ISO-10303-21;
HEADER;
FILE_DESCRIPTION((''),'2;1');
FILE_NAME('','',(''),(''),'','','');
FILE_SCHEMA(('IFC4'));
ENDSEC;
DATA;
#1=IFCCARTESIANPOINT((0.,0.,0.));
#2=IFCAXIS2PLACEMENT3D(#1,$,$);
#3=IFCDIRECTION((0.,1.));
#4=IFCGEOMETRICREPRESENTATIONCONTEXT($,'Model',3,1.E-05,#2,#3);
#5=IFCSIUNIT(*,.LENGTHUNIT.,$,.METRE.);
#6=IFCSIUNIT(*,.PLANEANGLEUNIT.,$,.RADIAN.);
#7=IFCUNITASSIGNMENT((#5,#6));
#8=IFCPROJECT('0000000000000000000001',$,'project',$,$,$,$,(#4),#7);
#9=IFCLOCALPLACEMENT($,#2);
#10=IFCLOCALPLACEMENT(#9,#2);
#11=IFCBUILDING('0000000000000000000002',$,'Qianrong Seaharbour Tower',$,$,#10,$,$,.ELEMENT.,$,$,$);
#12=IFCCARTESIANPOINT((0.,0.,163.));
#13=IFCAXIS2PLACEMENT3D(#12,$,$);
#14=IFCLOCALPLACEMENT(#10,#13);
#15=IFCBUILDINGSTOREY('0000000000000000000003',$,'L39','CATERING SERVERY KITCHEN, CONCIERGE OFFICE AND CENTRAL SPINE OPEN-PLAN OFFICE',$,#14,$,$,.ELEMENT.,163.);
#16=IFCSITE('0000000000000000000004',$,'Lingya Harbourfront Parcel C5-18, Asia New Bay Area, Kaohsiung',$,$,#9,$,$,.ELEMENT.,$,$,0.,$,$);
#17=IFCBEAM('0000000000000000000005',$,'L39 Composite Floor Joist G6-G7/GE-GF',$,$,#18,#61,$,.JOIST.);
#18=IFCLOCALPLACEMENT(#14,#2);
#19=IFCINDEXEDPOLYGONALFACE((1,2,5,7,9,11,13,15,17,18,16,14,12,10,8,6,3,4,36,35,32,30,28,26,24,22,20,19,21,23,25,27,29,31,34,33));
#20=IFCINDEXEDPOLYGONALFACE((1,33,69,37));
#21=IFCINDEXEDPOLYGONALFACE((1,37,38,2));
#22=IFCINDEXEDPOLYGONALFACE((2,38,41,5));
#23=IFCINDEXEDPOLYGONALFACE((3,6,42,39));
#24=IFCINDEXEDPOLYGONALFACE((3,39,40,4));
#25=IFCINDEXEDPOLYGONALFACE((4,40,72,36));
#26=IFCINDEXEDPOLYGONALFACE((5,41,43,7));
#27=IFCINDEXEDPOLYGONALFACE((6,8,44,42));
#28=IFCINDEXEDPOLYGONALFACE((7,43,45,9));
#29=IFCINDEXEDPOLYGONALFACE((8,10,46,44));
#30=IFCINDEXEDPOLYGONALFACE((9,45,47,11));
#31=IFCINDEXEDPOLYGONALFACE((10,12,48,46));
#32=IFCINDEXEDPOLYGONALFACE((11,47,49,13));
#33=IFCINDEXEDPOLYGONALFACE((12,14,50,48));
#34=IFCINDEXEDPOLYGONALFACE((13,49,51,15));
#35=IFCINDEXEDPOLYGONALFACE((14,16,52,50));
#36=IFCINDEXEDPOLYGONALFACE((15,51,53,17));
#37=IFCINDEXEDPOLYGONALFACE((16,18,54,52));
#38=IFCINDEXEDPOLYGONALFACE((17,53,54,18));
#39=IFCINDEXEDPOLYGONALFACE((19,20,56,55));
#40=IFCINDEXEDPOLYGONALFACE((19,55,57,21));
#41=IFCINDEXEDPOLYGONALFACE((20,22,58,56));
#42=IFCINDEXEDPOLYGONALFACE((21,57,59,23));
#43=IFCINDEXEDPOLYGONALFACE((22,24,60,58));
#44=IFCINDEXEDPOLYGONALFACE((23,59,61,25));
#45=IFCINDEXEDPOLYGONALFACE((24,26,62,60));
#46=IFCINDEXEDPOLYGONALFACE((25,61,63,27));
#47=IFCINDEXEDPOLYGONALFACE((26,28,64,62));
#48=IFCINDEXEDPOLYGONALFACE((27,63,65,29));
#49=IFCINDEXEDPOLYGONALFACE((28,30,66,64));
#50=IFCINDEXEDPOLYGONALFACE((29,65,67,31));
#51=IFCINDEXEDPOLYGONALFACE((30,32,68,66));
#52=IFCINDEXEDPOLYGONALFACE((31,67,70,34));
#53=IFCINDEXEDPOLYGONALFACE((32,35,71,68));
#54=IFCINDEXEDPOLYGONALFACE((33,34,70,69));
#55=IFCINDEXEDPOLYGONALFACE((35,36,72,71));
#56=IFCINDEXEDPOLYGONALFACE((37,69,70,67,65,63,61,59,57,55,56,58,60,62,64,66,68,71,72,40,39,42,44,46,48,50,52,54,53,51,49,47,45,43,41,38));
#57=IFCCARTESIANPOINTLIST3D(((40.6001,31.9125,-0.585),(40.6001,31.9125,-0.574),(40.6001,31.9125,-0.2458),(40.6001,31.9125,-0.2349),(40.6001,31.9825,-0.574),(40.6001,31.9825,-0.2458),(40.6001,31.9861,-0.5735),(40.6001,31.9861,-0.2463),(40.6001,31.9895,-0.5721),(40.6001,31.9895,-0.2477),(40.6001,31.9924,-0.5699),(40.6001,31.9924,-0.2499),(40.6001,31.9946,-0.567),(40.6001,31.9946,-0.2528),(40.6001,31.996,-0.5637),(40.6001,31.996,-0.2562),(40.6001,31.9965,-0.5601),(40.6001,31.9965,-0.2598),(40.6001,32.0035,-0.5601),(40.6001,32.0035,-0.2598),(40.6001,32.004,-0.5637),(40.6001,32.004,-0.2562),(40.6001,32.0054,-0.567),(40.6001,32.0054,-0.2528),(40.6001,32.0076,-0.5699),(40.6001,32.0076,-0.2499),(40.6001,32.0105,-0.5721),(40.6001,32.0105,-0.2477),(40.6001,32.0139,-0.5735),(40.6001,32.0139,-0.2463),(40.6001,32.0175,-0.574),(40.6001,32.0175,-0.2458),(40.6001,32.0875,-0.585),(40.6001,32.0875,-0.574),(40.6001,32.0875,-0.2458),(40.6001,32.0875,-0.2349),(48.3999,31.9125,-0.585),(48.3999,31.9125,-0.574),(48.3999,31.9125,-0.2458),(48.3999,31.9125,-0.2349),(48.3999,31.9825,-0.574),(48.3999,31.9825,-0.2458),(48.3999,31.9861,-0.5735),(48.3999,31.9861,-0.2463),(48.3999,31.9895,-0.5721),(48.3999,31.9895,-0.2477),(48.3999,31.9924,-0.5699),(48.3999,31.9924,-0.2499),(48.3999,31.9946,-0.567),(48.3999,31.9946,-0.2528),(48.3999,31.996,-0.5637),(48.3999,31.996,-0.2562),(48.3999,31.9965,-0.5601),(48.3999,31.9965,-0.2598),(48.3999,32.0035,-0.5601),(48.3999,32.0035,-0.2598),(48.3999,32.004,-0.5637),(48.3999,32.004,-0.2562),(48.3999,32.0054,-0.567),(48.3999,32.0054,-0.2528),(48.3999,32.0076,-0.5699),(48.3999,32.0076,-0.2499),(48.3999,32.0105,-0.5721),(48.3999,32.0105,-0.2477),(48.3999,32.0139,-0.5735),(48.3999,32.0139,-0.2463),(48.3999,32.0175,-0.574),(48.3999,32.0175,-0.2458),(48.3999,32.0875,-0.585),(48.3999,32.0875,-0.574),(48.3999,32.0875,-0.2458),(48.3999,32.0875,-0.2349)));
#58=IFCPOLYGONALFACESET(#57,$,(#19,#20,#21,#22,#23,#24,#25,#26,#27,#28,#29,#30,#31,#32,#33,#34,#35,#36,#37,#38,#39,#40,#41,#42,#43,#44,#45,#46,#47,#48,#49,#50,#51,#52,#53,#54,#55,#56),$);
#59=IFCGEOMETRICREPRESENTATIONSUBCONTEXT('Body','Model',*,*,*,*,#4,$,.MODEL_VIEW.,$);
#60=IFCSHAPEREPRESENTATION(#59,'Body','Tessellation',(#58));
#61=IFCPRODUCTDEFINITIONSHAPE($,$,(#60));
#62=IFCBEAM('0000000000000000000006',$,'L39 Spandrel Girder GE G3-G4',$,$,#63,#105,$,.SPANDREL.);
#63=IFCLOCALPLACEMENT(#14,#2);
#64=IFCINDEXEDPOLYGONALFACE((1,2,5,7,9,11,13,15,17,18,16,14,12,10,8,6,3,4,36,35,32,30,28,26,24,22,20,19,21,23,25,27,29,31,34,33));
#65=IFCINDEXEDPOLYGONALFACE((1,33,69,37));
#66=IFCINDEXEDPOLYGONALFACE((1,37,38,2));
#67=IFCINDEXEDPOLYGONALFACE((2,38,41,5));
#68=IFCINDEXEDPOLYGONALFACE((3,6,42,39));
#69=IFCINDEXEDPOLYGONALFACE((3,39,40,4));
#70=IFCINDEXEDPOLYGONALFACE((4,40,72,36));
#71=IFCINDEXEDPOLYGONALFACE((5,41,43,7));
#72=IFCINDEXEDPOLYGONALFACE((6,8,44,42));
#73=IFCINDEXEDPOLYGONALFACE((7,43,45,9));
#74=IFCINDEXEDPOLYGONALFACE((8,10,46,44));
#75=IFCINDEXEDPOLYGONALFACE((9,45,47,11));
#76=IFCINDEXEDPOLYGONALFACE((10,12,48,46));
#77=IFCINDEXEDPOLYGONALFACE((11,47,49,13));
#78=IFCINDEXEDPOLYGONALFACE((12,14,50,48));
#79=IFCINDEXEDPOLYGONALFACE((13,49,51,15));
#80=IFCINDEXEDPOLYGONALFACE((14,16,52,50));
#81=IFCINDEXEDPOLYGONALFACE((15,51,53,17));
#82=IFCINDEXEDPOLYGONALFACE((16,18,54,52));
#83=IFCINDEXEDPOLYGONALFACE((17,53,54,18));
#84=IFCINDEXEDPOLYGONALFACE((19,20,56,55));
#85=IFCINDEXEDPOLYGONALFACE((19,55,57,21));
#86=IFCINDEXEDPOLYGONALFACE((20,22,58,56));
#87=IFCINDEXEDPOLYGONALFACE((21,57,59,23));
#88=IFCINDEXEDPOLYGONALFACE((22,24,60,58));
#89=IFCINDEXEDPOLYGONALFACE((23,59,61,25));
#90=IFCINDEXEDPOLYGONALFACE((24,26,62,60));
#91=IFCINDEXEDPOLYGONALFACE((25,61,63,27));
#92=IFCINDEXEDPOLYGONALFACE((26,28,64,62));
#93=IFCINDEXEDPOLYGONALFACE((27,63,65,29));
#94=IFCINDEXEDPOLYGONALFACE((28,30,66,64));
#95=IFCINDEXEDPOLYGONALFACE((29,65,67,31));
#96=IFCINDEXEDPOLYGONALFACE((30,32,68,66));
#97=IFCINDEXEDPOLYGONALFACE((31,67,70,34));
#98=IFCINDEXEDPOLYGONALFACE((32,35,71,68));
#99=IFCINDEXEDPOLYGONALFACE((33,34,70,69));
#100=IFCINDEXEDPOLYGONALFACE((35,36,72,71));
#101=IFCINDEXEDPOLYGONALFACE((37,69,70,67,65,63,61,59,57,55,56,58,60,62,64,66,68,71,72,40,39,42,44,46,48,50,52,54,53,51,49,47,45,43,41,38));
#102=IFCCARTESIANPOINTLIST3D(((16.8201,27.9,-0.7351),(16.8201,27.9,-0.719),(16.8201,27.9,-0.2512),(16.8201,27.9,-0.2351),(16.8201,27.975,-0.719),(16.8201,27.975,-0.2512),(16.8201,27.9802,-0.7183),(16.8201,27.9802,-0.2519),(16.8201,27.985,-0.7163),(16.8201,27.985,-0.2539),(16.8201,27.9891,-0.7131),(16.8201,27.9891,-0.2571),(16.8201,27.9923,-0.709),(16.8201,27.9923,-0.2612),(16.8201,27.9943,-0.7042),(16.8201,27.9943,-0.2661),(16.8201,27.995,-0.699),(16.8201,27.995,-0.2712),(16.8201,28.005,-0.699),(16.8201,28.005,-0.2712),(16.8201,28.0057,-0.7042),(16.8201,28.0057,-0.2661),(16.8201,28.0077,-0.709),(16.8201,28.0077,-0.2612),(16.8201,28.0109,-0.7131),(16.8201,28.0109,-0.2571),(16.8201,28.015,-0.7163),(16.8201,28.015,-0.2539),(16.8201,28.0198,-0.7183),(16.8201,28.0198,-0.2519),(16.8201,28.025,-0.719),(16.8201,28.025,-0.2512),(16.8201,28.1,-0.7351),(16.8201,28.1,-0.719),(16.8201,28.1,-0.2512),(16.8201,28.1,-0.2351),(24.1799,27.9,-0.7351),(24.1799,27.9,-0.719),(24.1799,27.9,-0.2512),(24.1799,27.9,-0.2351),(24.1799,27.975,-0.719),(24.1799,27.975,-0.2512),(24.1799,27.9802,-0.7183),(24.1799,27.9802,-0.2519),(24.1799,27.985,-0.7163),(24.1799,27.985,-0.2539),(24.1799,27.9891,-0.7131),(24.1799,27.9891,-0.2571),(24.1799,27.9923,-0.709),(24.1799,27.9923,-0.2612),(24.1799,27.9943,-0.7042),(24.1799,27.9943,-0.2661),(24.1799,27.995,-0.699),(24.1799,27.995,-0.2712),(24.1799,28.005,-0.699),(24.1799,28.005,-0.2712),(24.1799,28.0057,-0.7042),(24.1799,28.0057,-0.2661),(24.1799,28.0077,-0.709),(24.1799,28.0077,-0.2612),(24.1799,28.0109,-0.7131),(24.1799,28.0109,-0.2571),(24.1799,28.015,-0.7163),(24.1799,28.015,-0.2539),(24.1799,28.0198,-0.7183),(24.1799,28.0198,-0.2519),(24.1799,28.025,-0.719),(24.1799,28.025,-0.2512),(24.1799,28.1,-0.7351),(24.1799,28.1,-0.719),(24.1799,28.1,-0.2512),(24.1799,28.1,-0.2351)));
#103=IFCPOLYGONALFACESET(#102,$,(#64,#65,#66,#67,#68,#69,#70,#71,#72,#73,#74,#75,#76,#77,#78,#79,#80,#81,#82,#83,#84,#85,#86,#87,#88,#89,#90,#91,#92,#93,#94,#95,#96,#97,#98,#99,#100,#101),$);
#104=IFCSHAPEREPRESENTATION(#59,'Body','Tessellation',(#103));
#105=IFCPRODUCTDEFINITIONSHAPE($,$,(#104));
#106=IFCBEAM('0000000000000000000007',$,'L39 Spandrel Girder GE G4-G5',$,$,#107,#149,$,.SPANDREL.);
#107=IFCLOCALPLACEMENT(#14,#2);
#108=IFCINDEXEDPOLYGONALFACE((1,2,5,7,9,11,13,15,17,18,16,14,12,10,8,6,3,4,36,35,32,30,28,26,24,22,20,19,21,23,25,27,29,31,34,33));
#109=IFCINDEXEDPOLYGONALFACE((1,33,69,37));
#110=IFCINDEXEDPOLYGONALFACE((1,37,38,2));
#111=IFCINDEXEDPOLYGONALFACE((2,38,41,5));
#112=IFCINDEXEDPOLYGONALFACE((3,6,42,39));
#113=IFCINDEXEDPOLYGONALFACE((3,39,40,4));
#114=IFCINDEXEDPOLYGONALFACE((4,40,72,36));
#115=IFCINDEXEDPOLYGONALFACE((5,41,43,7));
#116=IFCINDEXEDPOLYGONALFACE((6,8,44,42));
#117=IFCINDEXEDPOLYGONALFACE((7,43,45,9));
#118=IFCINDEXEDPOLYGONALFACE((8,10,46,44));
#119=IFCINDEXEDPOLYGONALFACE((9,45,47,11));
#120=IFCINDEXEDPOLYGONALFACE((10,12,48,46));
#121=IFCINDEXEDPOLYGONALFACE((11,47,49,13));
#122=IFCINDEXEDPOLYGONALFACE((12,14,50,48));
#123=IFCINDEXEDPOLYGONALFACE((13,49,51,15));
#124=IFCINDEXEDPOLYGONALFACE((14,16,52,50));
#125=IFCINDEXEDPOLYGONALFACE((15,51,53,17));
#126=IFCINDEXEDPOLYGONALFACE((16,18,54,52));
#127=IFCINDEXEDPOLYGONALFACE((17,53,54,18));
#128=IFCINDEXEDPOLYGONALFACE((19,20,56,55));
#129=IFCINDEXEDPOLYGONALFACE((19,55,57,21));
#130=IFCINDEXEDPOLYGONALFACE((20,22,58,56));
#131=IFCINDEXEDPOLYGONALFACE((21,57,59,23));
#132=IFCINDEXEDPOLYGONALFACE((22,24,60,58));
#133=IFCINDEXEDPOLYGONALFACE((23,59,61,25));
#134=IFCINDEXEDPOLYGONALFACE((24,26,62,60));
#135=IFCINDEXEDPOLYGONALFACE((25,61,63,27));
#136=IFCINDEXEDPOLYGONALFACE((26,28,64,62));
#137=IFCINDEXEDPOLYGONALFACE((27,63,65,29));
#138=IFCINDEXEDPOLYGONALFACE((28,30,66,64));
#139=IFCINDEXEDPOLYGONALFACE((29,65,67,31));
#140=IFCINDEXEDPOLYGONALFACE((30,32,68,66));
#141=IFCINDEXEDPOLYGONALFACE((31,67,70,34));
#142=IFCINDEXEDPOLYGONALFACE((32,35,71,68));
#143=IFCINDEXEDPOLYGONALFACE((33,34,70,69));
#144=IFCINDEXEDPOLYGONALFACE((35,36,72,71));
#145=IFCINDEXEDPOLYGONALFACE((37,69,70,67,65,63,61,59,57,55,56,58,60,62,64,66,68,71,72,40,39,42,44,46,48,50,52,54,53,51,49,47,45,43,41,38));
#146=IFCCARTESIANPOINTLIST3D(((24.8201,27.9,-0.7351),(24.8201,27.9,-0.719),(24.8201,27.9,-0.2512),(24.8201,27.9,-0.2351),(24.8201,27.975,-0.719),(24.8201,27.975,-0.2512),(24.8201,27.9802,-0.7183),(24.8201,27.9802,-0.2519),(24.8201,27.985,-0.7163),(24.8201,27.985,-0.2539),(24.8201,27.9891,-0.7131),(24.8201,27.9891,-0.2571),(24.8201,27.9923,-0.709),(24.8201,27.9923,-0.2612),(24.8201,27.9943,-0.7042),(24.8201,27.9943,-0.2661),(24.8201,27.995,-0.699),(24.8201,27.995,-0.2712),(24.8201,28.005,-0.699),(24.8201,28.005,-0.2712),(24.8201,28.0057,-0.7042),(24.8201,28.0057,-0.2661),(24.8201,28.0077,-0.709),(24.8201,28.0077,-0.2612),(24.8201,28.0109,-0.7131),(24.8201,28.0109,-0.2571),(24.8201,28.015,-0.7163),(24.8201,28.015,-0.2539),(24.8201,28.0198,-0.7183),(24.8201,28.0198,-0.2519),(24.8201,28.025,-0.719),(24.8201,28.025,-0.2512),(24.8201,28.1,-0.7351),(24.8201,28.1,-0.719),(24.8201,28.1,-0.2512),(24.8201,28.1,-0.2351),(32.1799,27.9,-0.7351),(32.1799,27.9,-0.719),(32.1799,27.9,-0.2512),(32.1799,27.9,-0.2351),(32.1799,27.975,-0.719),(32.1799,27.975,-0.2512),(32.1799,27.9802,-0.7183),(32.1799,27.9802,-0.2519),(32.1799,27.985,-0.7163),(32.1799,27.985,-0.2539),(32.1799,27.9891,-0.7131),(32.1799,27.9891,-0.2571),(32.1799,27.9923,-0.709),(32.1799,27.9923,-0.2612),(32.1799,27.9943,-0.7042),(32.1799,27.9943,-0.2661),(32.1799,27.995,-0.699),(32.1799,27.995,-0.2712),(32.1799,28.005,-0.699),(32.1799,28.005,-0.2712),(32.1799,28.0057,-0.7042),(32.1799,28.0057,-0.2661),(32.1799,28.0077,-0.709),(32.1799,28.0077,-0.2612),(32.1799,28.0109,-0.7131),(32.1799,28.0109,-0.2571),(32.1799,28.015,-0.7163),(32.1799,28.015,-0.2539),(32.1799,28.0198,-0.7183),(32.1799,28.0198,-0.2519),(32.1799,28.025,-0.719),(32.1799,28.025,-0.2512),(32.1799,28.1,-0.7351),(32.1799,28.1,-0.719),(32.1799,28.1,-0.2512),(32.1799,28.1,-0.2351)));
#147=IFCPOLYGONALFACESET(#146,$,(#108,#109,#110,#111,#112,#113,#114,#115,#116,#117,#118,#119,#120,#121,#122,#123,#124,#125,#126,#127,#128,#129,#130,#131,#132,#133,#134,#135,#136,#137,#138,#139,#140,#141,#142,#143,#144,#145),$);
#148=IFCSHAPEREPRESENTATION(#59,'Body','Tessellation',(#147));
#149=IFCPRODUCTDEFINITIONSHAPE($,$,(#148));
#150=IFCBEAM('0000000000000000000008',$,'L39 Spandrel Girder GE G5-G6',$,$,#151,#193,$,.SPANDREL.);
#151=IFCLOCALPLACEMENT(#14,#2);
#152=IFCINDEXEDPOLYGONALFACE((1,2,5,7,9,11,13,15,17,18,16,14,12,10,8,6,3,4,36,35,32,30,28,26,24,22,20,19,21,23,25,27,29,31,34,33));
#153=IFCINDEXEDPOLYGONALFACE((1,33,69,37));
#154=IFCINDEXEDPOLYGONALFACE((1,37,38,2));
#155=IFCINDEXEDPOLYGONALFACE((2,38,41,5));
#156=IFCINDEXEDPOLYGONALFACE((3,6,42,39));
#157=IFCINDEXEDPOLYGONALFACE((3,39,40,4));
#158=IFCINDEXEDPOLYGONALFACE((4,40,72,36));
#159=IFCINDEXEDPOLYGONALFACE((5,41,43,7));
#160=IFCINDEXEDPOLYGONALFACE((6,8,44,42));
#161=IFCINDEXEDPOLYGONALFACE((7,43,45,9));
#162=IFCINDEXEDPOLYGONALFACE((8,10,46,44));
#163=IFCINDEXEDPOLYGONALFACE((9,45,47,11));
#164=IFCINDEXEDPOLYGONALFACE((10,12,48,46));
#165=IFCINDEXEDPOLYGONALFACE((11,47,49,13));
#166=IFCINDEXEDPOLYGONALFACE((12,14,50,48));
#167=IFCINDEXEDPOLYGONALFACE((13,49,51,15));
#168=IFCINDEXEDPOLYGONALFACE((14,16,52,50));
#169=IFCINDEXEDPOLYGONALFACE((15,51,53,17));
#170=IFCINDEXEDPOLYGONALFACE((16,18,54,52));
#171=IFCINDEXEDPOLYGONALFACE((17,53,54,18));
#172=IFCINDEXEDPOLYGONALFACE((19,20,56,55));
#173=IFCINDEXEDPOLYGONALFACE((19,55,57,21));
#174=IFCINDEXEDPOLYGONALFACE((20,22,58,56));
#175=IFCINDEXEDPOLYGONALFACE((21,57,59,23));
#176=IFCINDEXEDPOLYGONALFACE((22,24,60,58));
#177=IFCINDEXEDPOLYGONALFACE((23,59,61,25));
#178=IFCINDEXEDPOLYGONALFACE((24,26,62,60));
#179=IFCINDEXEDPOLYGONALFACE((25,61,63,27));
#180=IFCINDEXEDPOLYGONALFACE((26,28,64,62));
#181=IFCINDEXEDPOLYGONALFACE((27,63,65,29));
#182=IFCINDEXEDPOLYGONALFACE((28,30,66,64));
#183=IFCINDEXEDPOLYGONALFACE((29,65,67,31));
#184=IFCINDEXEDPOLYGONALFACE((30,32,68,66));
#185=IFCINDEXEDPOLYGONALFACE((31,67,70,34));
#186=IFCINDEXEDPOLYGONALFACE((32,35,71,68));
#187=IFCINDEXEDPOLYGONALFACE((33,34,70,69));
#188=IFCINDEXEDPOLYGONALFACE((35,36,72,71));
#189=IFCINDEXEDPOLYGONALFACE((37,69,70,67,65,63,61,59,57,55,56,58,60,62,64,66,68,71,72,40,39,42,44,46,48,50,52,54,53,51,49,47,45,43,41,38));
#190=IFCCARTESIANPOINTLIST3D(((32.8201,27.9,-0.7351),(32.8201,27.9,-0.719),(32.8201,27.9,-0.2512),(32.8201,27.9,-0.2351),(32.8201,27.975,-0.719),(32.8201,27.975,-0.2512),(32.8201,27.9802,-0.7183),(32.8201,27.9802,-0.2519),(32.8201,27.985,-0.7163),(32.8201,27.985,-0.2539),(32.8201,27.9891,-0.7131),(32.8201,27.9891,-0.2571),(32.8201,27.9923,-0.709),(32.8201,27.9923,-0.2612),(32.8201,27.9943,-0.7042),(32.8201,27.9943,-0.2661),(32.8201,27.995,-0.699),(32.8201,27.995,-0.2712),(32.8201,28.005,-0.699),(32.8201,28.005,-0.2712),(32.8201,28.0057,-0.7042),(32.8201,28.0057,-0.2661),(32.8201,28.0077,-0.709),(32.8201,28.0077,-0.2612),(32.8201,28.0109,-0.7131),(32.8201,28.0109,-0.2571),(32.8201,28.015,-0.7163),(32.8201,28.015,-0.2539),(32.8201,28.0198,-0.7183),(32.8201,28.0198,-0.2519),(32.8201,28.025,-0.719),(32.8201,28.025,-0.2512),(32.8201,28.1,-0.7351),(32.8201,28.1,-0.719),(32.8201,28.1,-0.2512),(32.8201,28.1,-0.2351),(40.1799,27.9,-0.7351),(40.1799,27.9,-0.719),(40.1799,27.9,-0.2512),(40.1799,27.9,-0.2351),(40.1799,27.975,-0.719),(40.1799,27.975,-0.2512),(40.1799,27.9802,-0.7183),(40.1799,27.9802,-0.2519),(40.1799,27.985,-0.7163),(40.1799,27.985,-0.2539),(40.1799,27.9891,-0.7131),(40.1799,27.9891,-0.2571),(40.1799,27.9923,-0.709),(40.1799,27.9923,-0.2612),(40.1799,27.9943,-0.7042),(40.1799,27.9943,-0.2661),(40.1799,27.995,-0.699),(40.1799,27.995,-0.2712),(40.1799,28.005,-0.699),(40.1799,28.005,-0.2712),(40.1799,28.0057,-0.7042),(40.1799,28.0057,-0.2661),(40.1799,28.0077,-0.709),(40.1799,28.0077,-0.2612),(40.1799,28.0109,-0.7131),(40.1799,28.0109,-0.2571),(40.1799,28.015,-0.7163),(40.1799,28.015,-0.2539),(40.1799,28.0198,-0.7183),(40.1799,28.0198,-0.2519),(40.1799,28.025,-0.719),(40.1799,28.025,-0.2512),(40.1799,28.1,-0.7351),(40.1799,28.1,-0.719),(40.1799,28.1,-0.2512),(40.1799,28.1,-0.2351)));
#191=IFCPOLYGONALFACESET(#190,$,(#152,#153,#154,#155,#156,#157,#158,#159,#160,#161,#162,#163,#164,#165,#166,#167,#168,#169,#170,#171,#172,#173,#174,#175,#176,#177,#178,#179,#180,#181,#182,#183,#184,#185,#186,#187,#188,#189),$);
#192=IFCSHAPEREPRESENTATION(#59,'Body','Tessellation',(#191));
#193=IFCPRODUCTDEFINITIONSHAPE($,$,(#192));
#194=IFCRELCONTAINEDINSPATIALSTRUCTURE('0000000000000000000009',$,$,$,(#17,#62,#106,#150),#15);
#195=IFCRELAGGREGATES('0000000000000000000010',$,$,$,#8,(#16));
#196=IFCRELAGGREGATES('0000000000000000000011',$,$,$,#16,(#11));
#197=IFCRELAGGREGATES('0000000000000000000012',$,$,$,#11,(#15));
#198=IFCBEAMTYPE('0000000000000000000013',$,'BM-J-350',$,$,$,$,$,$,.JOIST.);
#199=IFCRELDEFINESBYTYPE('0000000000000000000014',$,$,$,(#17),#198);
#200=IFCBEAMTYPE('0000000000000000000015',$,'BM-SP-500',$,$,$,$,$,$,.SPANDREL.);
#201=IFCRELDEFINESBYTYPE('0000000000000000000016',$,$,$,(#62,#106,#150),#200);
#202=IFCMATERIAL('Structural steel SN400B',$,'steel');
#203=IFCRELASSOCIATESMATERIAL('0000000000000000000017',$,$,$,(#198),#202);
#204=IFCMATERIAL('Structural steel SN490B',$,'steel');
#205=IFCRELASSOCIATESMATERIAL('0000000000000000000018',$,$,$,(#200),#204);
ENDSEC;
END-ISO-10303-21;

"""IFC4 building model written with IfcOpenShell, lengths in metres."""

from ifc_helpers import new_model, si_unit, direction, frame, origin, origin_2d, place, context, subcontext, project, spatial, i_section, extrude, material, material_profile, profile_set, type_object, element, save


model = new_model("IFC4")

# Units and contexts
model_context = context("Model", 3, precision=1e-05, world=origin(), true_north=direction((0.0, 1.0)))
body_context = subcontext(model_context, "Body", "Model", "MODEL_VIEW")
ifc_project = project(units=[si_unit("LENGTHUNIT", "METRE"), si_unit("PLANEANGLEUNIT", "RADIAN")], contexts=[model_context])

# Site, building, storey
site_placement = place(None, origin())
site = spatial("IfcSite", under=ifc_project, at=site_placement, Name="Lingya Harbourfront Parcel C5-18, Asia New Bay Area, Kaohsiung", CompositionType="ELEMENT", RefElevation=0.0)
building_placement = place(site_placement, origin())
building = spatial("IfcBuilding", under=site, at=building_placement, Name="Qianrong Seaharbour Tower", CompositionType="ELEMENT")
storey_placement = place(building_placement, frame((0.0, 0.0, 163.0)))
storey = spatial("IfcBuildingStorey", under=building, at=storey_placement, Name="L39", Description="CATERING SERVERY KITCHEN, CONCIERGE OFFICE AND CENTRAL SPINE OPEN-PLAN OFFICE", CompositionType="ELEMENT", Elevation=163.0)

# Shared definitions
ifc_material_1 = material(Name="Structural steel SN490B", Category="steel")

# Beams
ifc_material_2 = material(Name="Structural steel SN400B", Category="steel")
ifc_material_profile_1 = material_profile(ifc_material_2, i_section(OverallWidth=0.175, OverallDepth=0.3501, WebThickness=0.0071, FlangeThickness=0.011, FilletRadius=0.0139, at=origin_2d()), Name="H350x175x7x11")
ifc_profile_set_1 = profile_set([ifc_material_profile_1], Name="Structural steel SN400B")
beam_type_1 = type_object("IfcBeamType", Name="BM-J-350", PredefinedType="JOIST", material=ifc_profile_set_1)
beam_1_placement = place(storey_placement, frame((40.6001, 32.0, -0.4099), z_axis=(1.0, 0.0, 0.0), x_axis=(0.0, 1.0, 0.0)))
element("IfcBeam", 1, at=beam_1_placement, inside=storey, type_object=beam_type_1, Name="L39 Composite Floor Joist G6-G7/GE-GF", PredefinedType="JOIST", context=body_context, shape_type="SweptSolid", body=[
    extrude(i_section(OverallWidth=0.175, OverallDepth=0.3501, WebThickness=0.0071, FlangeThickness=0.011, FilletRadius=0.0139, at=origin_2d()), origin(), (0.0, 0.0, 1.0), 7.7998),
])
ifc_material_profile_2 = material_profile(ifc_material_1, i_section(OverallWidth=0.2, OverallDepth=0.5, WebThickness=0.01, FlangeThickness=0.0161, FilletRadius=0.02, at=origin_2d()), Name="H500x200x10x16")
ifc_profile_set_2 = profile_set([ifc_material_profile_2], Name="Structural steel SN490B")
beam_type_2 = type_object("IfcBeamType", Name="BM-SP-500", PredefinedType="SPANDREL", material=ifc_profile_set_2)
for number, where, z_axis, x_axis, name in (
    (2, (16.8201, 28.0, -0.4851), (1.0, 0.0, 0.0), (0.0, 1.0, 0.0), "L39 Spandrel Girder GE G3-G4"),
    (3, (24.8201, 28.0, -0.4851), (1.0, 0.0, 0.0), (0.0, 1.0, 0.0), "L39 Spandrel Girder GE G4-G5"),
    (4, (32.8201, 28.0, -0.4851), (1.0, 0.0, 0.0), (0.0, 1.0, 0.0), "L39 Spandrel Girder GE G5-G6"),
):
    element("IfcBeam", number, at=place(storey_placement, frame(where, z_axis=z_axis, x_axis=x_axis)), inside=storey, type_object=beam_type_2, Name=name, PredefinedType="SPANDREL", context=body_context, shape_type="SweptSolid", body=[
        extrude(i_section(OverallWidth=0.2, OverallDepth=0.5, WebThickness=0.01, FlangeThickness=0.0161, FilletRadius=0.02, at=origin_2d()), origin(), (0.0, 0.0, 1.0), 7.3599),
    ])

save(model, "model.ifc")
